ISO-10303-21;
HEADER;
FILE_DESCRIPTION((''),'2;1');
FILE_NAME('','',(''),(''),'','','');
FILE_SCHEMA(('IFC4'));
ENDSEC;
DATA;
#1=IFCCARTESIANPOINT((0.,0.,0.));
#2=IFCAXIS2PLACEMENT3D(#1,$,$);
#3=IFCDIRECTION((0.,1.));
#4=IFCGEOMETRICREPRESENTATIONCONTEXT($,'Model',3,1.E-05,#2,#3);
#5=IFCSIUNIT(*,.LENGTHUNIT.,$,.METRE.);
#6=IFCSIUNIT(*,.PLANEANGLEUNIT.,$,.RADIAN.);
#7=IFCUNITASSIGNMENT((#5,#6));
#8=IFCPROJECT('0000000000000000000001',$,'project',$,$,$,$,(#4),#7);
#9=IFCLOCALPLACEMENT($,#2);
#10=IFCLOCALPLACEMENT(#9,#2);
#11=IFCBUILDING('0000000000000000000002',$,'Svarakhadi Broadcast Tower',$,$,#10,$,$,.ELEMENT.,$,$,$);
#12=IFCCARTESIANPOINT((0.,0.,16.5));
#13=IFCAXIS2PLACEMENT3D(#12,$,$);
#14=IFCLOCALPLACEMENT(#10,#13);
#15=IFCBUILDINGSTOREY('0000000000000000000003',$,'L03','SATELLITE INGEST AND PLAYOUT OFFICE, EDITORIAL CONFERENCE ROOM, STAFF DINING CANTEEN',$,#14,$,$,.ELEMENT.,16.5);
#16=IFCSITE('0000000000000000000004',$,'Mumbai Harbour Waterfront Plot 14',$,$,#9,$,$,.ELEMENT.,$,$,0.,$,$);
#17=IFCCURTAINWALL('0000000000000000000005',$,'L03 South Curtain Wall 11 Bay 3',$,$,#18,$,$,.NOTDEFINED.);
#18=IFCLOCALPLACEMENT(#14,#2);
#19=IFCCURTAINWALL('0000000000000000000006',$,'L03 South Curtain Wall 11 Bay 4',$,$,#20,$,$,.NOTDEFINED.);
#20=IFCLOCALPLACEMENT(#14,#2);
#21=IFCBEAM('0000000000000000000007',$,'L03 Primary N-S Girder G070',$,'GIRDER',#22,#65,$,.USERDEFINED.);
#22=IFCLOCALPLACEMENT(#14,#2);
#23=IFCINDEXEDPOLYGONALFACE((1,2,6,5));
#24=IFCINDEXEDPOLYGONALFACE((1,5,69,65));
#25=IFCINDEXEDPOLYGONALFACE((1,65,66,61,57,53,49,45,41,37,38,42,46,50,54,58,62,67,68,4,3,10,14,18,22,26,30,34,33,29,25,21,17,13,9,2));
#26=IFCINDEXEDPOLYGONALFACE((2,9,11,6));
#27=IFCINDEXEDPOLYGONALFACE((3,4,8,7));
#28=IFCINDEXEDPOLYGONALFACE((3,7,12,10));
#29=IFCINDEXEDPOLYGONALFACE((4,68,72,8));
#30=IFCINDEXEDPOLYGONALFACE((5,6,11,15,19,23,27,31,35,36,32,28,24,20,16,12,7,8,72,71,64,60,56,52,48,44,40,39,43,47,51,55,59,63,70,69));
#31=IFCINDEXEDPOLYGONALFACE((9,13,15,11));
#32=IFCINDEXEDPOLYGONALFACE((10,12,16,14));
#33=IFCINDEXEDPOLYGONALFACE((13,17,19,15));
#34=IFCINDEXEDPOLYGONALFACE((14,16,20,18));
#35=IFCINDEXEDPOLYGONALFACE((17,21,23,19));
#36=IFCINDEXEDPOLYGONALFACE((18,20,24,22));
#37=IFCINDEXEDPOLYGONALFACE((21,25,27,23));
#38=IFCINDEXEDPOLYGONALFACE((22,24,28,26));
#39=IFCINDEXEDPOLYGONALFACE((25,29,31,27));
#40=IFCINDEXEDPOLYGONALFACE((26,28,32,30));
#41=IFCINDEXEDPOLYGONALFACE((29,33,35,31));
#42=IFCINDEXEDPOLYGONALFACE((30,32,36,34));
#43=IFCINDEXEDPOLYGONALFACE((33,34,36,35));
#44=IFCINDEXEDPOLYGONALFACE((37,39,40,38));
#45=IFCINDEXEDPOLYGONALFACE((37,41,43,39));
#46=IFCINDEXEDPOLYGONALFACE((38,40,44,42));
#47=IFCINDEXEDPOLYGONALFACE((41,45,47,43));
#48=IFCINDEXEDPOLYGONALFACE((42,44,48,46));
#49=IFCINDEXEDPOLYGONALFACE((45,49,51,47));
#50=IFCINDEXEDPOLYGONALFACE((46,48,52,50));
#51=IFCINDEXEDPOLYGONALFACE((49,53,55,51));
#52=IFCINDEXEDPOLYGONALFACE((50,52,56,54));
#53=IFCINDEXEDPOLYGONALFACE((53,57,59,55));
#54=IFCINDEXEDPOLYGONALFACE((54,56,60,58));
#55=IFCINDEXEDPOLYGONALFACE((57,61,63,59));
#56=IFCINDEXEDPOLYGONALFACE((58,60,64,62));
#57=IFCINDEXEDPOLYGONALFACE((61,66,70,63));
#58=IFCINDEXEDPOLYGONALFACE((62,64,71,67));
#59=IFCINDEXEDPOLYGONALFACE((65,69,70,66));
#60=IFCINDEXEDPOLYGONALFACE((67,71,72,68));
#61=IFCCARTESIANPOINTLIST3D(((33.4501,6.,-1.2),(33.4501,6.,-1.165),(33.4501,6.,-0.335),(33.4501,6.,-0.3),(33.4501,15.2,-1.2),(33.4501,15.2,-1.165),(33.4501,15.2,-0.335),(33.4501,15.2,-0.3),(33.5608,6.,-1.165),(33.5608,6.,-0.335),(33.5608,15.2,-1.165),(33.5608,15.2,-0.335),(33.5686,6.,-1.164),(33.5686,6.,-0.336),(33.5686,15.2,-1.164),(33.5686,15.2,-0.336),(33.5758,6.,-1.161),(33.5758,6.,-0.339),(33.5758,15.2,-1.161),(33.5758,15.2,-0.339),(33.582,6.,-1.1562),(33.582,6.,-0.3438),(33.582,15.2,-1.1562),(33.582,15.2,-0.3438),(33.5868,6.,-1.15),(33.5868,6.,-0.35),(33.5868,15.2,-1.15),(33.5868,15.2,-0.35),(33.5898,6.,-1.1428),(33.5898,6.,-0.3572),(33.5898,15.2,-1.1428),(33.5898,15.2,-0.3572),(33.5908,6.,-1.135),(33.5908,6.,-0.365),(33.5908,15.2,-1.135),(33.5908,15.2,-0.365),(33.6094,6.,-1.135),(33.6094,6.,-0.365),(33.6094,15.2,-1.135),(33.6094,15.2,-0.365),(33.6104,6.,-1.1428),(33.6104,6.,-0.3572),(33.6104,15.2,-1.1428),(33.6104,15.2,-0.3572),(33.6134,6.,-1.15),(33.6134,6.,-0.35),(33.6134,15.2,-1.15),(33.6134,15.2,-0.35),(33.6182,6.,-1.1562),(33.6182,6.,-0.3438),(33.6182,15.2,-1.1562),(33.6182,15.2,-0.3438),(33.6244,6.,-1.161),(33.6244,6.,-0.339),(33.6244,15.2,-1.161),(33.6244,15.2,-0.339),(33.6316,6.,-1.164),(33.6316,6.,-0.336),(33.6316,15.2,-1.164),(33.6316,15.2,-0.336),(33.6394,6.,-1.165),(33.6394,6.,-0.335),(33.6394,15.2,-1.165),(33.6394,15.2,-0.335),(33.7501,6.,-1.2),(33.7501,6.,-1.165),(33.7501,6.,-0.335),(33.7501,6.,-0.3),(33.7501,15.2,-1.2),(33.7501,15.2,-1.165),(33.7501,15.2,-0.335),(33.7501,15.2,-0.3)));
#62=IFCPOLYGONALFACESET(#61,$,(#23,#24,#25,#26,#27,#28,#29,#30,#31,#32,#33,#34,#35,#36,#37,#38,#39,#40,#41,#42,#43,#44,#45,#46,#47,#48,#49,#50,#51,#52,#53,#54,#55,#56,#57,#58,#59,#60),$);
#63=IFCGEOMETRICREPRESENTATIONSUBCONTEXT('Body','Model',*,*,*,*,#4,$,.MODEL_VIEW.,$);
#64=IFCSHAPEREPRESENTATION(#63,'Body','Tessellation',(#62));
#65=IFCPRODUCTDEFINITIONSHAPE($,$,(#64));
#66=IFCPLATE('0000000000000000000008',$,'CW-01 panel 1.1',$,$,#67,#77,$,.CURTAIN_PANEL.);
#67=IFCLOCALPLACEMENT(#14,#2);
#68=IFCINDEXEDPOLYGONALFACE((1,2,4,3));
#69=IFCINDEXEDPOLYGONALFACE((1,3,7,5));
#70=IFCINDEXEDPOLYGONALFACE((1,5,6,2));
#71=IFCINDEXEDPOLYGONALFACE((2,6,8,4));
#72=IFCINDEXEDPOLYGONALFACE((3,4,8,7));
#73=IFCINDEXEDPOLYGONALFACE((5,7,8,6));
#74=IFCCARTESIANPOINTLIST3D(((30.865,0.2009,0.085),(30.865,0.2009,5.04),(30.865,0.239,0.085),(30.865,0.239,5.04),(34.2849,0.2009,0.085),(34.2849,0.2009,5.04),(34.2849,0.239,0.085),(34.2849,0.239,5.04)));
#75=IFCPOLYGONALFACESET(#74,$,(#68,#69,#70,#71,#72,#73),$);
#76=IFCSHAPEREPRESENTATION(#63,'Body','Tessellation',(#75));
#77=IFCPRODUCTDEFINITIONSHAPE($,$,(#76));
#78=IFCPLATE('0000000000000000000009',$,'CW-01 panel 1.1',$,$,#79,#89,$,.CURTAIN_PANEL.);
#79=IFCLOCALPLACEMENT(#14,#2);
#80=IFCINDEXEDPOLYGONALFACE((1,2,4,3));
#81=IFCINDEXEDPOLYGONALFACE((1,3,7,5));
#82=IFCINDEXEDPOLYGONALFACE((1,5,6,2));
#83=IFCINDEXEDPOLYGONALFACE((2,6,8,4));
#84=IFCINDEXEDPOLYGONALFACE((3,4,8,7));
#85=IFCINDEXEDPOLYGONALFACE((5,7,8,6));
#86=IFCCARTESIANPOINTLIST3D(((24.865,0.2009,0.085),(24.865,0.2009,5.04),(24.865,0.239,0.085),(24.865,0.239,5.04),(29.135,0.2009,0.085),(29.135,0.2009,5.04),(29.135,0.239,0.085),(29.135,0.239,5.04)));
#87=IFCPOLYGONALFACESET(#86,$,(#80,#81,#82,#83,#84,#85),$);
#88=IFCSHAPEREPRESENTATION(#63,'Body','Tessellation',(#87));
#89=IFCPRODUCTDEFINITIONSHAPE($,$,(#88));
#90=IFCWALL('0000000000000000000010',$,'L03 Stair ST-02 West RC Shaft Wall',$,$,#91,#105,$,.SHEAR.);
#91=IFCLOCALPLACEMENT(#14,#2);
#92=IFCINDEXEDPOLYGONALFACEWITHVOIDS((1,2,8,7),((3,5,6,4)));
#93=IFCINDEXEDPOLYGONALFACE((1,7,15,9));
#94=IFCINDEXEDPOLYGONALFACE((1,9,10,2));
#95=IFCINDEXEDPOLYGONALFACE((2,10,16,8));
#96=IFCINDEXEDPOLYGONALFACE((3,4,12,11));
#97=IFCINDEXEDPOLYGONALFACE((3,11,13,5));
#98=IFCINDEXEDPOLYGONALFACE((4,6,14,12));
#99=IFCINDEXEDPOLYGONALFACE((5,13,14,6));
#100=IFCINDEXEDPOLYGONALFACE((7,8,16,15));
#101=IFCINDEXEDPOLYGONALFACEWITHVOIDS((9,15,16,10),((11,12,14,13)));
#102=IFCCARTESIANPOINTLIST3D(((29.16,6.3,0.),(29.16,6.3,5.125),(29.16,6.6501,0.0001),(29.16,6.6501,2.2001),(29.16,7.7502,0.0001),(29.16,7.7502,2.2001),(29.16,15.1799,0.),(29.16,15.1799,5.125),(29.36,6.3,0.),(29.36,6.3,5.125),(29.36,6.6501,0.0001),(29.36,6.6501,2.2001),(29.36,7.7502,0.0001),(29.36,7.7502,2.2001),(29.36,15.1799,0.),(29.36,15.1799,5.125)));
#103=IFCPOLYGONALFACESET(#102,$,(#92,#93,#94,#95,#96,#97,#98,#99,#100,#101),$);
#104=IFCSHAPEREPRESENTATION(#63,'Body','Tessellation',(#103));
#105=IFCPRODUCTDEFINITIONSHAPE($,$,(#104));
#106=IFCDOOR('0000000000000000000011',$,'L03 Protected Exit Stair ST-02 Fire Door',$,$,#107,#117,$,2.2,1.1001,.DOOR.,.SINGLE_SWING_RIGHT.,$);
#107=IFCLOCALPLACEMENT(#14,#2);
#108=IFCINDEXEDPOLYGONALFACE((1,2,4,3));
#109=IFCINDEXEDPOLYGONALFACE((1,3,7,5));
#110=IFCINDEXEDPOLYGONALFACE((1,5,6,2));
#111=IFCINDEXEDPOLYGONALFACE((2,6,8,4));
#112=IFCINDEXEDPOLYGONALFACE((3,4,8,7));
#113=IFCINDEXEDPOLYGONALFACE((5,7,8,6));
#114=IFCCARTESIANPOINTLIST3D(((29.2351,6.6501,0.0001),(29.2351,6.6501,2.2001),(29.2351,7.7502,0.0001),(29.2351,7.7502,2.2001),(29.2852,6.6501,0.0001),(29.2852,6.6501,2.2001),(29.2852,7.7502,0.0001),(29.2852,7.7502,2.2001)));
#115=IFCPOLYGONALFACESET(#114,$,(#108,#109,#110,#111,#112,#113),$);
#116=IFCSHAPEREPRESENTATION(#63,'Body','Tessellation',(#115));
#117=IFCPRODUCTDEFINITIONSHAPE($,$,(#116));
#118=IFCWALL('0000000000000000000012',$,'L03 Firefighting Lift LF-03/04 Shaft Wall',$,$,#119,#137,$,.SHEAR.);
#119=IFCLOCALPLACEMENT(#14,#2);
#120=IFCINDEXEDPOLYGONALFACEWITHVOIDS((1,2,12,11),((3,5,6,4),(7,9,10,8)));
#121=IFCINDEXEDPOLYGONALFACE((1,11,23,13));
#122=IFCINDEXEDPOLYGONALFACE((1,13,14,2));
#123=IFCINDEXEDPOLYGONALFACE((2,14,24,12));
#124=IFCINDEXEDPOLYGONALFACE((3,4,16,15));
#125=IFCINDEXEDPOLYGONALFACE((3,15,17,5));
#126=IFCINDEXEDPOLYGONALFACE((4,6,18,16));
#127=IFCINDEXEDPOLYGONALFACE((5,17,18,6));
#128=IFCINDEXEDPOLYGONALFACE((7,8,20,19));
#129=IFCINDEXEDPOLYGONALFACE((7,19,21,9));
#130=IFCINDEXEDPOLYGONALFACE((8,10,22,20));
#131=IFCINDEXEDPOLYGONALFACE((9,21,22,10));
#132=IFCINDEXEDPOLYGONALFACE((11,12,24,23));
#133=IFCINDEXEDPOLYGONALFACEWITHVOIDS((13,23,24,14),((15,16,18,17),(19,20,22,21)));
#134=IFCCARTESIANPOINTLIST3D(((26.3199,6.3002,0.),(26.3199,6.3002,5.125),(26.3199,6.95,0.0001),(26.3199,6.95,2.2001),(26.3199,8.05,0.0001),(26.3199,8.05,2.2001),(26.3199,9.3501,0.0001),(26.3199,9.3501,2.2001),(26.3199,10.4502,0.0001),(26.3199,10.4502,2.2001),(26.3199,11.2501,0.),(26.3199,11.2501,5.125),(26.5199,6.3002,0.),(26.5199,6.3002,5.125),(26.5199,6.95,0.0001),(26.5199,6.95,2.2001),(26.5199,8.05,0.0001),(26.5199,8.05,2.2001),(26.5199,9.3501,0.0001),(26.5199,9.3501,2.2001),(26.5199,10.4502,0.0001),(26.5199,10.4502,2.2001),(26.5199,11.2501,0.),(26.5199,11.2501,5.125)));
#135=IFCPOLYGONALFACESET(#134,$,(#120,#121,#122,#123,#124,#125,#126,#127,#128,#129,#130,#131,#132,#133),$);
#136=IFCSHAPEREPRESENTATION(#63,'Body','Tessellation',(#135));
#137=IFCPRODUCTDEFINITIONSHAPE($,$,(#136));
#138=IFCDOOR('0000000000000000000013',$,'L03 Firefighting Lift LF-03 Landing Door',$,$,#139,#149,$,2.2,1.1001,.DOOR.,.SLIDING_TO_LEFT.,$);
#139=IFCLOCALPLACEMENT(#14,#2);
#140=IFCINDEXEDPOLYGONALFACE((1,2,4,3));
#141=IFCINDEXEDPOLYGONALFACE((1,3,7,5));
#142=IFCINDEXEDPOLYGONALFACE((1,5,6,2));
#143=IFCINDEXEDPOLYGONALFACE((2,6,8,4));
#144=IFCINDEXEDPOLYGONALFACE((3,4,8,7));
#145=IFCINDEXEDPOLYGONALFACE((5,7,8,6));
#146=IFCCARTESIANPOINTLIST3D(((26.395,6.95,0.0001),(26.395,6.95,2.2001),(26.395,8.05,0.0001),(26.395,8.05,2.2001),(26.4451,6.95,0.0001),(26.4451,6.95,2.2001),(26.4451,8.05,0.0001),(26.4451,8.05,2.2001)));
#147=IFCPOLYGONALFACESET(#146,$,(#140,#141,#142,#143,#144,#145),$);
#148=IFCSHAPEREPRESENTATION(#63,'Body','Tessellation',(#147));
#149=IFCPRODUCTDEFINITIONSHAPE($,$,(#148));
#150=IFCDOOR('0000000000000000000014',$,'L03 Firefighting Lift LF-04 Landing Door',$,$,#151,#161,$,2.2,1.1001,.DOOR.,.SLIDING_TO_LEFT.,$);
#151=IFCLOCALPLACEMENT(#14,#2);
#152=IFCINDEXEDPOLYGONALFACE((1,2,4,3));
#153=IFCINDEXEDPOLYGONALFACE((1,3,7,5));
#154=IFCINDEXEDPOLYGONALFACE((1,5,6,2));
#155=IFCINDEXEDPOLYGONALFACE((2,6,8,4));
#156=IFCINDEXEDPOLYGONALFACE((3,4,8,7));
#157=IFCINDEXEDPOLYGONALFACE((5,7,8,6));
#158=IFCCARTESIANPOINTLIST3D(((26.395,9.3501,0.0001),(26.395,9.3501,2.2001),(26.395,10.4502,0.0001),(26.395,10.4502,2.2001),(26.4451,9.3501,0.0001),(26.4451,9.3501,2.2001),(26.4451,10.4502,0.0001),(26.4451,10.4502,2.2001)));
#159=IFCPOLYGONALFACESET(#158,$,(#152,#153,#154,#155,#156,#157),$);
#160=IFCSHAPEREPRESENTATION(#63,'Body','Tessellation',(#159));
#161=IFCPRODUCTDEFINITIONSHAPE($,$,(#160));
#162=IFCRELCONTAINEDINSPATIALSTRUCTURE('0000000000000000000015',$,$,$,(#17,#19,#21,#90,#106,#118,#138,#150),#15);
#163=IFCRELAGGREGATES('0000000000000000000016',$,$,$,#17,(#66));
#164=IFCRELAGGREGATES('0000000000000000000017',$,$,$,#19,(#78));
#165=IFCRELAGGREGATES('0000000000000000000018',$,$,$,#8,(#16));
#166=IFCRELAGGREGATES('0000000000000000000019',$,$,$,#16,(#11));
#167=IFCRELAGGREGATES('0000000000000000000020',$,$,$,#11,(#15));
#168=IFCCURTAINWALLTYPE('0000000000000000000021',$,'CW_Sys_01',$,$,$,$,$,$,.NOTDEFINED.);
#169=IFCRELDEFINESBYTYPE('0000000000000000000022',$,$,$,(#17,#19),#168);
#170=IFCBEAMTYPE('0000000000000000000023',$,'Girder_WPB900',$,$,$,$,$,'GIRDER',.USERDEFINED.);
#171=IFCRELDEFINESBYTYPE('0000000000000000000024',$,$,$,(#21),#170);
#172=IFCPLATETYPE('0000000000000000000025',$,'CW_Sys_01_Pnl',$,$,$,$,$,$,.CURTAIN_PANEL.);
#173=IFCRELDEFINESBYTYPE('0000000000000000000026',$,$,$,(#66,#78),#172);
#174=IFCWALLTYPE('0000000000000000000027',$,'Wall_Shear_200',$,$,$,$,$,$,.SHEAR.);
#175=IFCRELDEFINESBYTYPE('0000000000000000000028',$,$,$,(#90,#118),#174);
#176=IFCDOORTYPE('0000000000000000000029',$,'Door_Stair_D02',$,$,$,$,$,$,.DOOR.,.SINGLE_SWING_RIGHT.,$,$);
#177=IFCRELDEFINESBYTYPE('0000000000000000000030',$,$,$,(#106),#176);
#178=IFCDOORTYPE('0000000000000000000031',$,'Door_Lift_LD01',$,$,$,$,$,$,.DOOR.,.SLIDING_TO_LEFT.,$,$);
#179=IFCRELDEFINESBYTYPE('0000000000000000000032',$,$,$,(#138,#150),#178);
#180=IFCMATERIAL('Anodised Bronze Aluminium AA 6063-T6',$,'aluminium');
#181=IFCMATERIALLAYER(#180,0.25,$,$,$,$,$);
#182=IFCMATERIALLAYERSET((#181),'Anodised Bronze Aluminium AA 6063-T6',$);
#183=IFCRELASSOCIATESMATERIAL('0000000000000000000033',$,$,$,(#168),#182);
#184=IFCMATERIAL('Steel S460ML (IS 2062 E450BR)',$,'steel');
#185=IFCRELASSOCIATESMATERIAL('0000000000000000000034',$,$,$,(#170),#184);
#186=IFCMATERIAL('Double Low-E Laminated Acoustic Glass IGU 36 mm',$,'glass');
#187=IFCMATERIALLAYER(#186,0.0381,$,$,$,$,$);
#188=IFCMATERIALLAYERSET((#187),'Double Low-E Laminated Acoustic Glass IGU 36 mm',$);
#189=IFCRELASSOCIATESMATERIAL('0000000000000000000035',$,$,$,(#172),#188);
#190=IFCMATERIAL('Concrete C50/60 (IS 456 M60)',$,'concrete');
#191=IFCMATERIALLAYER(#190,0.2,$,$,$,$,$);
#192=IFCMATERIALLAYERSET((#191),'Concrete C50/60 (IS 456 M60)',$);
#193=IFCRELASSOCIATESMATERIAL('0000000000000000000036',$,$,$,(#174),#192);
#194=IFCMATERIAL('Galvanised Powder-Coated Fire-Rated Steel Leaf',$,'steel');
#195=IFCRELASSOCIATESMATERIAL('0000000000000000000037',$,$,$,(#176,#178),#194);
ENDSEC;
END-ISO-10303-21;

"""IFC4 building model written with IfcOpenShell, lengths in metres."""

from ifc_helpers import new_model, si_unit, direction, frame, frame_2d, origin, origin_2d, place, context, subcontext, project, spatial, rectangle, i_section, extrude, material, layer, layer_set, material_profile, profile_set, type_object, element, fill, aggregate, save


model = new_model("IFC4")

# Units and contexts
model_context = context("Model", 3, precision=1e-05, world=origin(), true_north=direction((0.0, 1.0)))
body_context = subcontext(model_context, "Body", "Model", "MODEL_VIEW")
ifc_project = project(units=[si_unit("LENGTHUNIT", "METRE"), si_unit("PLANEANGLEUNIT", "RADIAN")], contexts=[model_context])

# Site, building, storey
site_placement = place(None, origin())
site = spatial("IfcSite", under=ifc_project, at=site_placement, Name="Mumbai Harbour Waterfront Plot 14", CompositionType="ELEMENT", RefElevation=0.0)
building_placement = place(site_placement, origin())
building = spatial("IfcBuilding", under=site, at=building_placement, Name="Svarakhadi Broadcast Tower", CompositionType="ELEMENT")
storey_placement = place(building_placement, frame((0.0, 0.0, 16.5)))
storey = spatial("IfcBuildingStorey", under=building, at=storey_placement, Name="L03", Description="SATELLITE INGEST AND PLAYOUT OFFICE, EDITORIAL CONFERENCE ROOM, STAFF DINING CANTEEN", CompositionType="ELEMENT", Elevation=16.5)

# Curtain wall
ifc_material_1 = material(Name="Anodised Bronze Aluminium AA 6063-T6", Category="aluminium")
ifc_layer_1 = layer(ifc_material_1, 0.25)
ifc_layer_set_1 = layer_set([ifc_layer_1], Name="Anodised Bronze Aluminium AA 6063-T6")
curtain_wall_type = type_object("IfcCurtainWallType", Name="CW_Sys_01", PredefinedType="NOTDEFINED", material=ifc_layer_set_1)
curtain_wall_1_placement = place(storey_placement, origin())
curtain_wall_1 = element("IfcCurtainWall", 1, at=curtain_wall_1_placement, inside=storey, type_object=curtain_wall_type, Name="L03 South Curtain Wall 11 Bay 3", PredefinedType="NOTDEFINED")

# Curtain wall
curtain_wall_2_placement = place(storey_placement, origin())
curtain_wall_2 = element("IfcCurtainWall", 2, at=curtain_wall_2_placement, inside=storey, type_object=curtain_wall_type, Name="L03 South Curtain Wall 11 Bay 4", PredefinedType="NOTDEFINED")

# Beam
ifc_material_2 = material(Name="Steel S460ML (IS 2062 E450BR)", Category="steel")
ifc_material_profile_1 = material_profile(ifc_material_2, i_section(OverallWidth=0.3, OverallDepth=0.8999, WebThickness=0.0186, FlangeThickness=0.0349, FilletRadius=0.03, at=origin_2d()), Name="WPB 900x300x291")
ifc_profile_set_1 = profile_set([ifc_material_profile_1], Name="Steel S460ML (IS 2062 E450BR)")
beam_type_1 = type_object("IfcBeamType", Name="Girder_WPB900", ElementType="GIRDER", PredefinedType="USERDEFINED", material=ifc_profile_set_1)
beam_1_placement = place(storey_placement, frame((33.6001, 6.0, -0.75), z_axis=(0.0, 1.0, 0.0), x_axis=(-1.0, 0.0, 0.0)))
element("IfcBeam", 3, at=beam_1_placement, inside=storey, type_object=beam_type_1, Name="L03 Primary N-S Girder G070", ObjectType="GIRDER", PredefinedType="USERDEFINED", context=body_context, shape_type="SweptSolid", body=[
    extrude(i_section(OverallWidth=0.3, OverallDepth=0.8999, WebThickness=0.0186, FlangeThickness=0.0349, FilletRadius=0.03, at=origin_2d()), origin(), (0.0, 0.0, 1.0), 9.2),
])

# Plates
ifc_material_3 = material(Name="Double Low-E Laminated Acoustic Glass IGU 36 mm", Category="glass")
ifc_layer_2 = layer(ifc_material_3, 0.0381)
ifc_layer_set_2 = layer_set([ifc_layer_2], Name="Double Low-E Laminated Acoustic Glass IGU 36 mm")
plate_type = type_object("IfcPlateType", Name="CW_Sys_01_Pnl", PredefinedType="CURTAIN_PANEL", material=ifc_layer_set_2)
plate_1_placement = place(storey_placement, frame((32.575, 0.22, 0.085), z_axis=(0.0, 0.0, 1.0), x_axis=(-1.0, 0.0, 0.0)))
plate_1 = element("IfcPlate", 4, at=plate_1_placement, type_object=plate_type, Name="CW-01 panel 1.1", PredefinedType="CURTAIN_PANEL", context=body_context, shape_type="SweptSolid", body=[
    extrude(rectangle(XDim=3.4199, YDim=0.0381, at=origin_2d()), origin(), (0.0, 0.0, 1.0), 4.9551),
])
aggregate(curtain_wall_1, [plate_1])
plate_2_placement = place(storey_placement, frame((27.0, 0.22, 0.085), z_axis=(0.0, 0.0, 1.0), x_axis=(-1.0, 0.0, 0.0)))
plate_2 = element("IfcPlate", 5, at=plate_2_placement, type_object=plate_type, Name="CW-01 panel 1.1", PredefinedType="CURTAIN_PANEL", context=body_context, shape_type="SweptSolid", body=[
    extrude(rectangle(XDim=4.27, YDim=0.0381, at=origin_2d()), origin(), (0.0, 0.0, 1.0), 4.9551),
])
aggregate(curtain_wall_2, [plate_2])

# Wall, opening, door
ifc_material_4 = material(Name="Concrete C50/60 (IS 456 M60)", Category="concrete")
ifc_layer_3 = layer(ifc_material_4, 0.2)
ifc_layer_set_3 = layer_set([ifc_layer_3], Name="Concrete C50/60 (IS 456 M60)")
wall_type_1 = type_object("IfcWallType", Name="Wall_Shear_200", PredefinedType="SHEAR", material=ifc_layer_set_3)
wall_1_placement = place(storey_placement, frame((29.26, 6.3, 0.0), z_axis=(0.0, 0.0, 1.0), x_axis=(0.0, 1.0, 0.0)))
wall_1 = element("IfcWall", 6, at=wall_1_placement, inside=storey, type_object=wall_type_1, Name="L03 Stair ST-02 West RC Shaft Wall", PredefinedType="SHEAR", context=body_context, shape_type="SweptSolid", body=[
    extrude(rectangle(XDim=8.8799, YDim=0.2, at=frame_2d((4.4399, 0.0))), origin(), (0.0, 0.0, 1.0), 5.125),
])
opening_1_placement = place(wall_1_placement, frame((0.3501, 0.0, 0.0)))
opening_1 = element("IfcOpeningElement", 7, at=opening_1_placement, cuts=wall_1, PredefinedType="OPENING", context=body_context, shape_type="SweptSolid", body=[
    extrude(rectangle(XDim=1.1001, YDim=2.2, at=frame_2d((0.55, 1.1001))), frame((0.0, 0.1099, 0.0), z_axis=(0.0, -1.0, 0.0), x_axis=(1.0, 0.0, 0.0)), (0.0, 0.0, 1.0), 0.22),
])
ifc_material_5 = material(Name="Galvanised Powder-Coated Fire-Rated Steel Leaf", Category="steel")
door_type_1 = type_object("IfcDoorType", Name="Door_Stair_D02", OperationType="SINGLE_SWING_RIGHT", PredefinedType="DOOR", material=ifc_material_5)
door_1_placement = place(opening_1_placement, origin())
door_1 = element("IfcDoor", 8, at=door_1_placement, inside=storey, type_object=door_type_1, Name="L03 Protected Exit Stair ST-02 Fire Door", OperationType="SINGLE_SWING_RIGHT", OverallHeight=2.2, OverallWidth=1.1001, PredefinedType="DOOR", context=body_context, shape_type="SweptSolid", body=[
    extrude(rectangle(XDim=1.1001, YDim=2.2, at=frame_2d((0.55, 1.1001))), frame((0.0, 0.0249, 0.0), z_axis=(0.0, -1.0, 0.0), x_axis=(1.0, 0.0, 0.0)), (0.0, 0.0, 1.0), 0.05),
])
fill(opening_1, door_1)

# Wall, openings, doors
wall_2_placement = place(storey_placement, frame((26.4199, 6.3, 0.0), z_axis=(0.0, 0.0, 1.0), x_axis=(0.0, 1.0, 0.0)))
wall_2 = element("IfcWall", 9, at=wall_2_placement, inside=storey, type_object=wall_type_1, Name="L03 Firefighting Lift LF-03/04 Shaft Wall", PredefinedType="SHEAR", context=body_context, shape_type="SweptSolid", body=[
    extrude(rectangle(XDim=4.95, YDim=0.2, at=frame_2d((2.4751, 0.0))), origin(), (0.0, 0.0, 1.0), 5.125),
])
opening_2_placement = place(wall_2_placement, frame((0.6499, 0.0, 0.0)))
opening_2 = element("IfcOpeningElement", 10, at=opening_2_placement, cuts=wall_2, PredefinedType="OPENING", context=body_context, shape_type="SweptSolid", body=[
    extrude(rectangle(XDim=1.1001, YDim=2.2, at=frame_2d((0.55, 1.1001))), frame((0.0, 0.1099, 0.0), z_axis=(0.0, -1.0, 0.0), x_axis=(1.0, 0.0, 0.0)), (0.0, 0.0, 1.0), 0.22),
])
opening_3_placement = place(wall_2_placement, frame((3.05, 0.0, 0.0)))
opening_3 = element("IfcOpeningElement", 11, at=opening_3_placement, cuts=wall_2, PredefinedType="OPENING", context=body_context, shape_type="SweptSolid", body=[
    extrude(rectangle(XDim=1.1001, YDim=2.2, at=frame_2d((0.55, 1.1001))), frame((0.0, 0.1099, 0.0), z_axis=(0.0, -1.0, 0.0), x_axis=(1.0, 0.0, 0.0)), (0.0, 0.0, 1.0), 0.22),
])
door_type_2 = type_object("IfcDoorType", Name="Door_Lift_LD01", OperationType="SLIDING_TO_LEFT", PredefinedType="DOOR", material=ifc_material_5)
door_2_placement = place(opening_2_placement, origin())
door_2 = element("IfcDoor", 12, at=door_2_placement, inside=storey, type_object=door_type_2, Name="L03 Firefighting Lift LF-03 Landing Door", OperationType="SLIDING_TO_LEFT", OverallHeight=2.2, OverallWidth=1.1001, PredefinedType="DOOR", context=body_context, shape_type="SweptSolid", body=[
    extrude(rectangle(XDim=1.1001, YDim=2.2, at=frame_2d((0.55, 1.1001))), frame((0.0, 0.0249, 0.0), z_axis=(0.0, -1.0, 0.0), x_axis=(1.0, 0.0, 0.0)), (0.0, 0.0, 1.0), 0.05),
])
fill(opening_2, door_2)
door_3_placement = place(opening_3_placement, origin())
door_3 = element("IfcDoor", 13, at=door_3_placement, inside=storey, type_object=door_type_2, Name="L03 Firefighting Lift LF-04 Landing Door", OperationType="SLIDING_TO_LEFT", OverallHeight=2.2, OverallWidth=1.1001, PredefinedType="DOOR", context=body_context, shape_type="SweptSolid", body=[
    extrude(rectangle(XDim=1.1001, YDim=2.2, at=frame_2d((0.55, 1.1001))), frame((0.0, 0.0249, 0.0), z_axis=(0.0, -1.0, 0.0), x_axis=(1.0, 0.0, 0.0)), (0.0, 0.0, 1.0), 0.05),
])
fill(opening_3, door_3)

save(model, "model.ifc")
